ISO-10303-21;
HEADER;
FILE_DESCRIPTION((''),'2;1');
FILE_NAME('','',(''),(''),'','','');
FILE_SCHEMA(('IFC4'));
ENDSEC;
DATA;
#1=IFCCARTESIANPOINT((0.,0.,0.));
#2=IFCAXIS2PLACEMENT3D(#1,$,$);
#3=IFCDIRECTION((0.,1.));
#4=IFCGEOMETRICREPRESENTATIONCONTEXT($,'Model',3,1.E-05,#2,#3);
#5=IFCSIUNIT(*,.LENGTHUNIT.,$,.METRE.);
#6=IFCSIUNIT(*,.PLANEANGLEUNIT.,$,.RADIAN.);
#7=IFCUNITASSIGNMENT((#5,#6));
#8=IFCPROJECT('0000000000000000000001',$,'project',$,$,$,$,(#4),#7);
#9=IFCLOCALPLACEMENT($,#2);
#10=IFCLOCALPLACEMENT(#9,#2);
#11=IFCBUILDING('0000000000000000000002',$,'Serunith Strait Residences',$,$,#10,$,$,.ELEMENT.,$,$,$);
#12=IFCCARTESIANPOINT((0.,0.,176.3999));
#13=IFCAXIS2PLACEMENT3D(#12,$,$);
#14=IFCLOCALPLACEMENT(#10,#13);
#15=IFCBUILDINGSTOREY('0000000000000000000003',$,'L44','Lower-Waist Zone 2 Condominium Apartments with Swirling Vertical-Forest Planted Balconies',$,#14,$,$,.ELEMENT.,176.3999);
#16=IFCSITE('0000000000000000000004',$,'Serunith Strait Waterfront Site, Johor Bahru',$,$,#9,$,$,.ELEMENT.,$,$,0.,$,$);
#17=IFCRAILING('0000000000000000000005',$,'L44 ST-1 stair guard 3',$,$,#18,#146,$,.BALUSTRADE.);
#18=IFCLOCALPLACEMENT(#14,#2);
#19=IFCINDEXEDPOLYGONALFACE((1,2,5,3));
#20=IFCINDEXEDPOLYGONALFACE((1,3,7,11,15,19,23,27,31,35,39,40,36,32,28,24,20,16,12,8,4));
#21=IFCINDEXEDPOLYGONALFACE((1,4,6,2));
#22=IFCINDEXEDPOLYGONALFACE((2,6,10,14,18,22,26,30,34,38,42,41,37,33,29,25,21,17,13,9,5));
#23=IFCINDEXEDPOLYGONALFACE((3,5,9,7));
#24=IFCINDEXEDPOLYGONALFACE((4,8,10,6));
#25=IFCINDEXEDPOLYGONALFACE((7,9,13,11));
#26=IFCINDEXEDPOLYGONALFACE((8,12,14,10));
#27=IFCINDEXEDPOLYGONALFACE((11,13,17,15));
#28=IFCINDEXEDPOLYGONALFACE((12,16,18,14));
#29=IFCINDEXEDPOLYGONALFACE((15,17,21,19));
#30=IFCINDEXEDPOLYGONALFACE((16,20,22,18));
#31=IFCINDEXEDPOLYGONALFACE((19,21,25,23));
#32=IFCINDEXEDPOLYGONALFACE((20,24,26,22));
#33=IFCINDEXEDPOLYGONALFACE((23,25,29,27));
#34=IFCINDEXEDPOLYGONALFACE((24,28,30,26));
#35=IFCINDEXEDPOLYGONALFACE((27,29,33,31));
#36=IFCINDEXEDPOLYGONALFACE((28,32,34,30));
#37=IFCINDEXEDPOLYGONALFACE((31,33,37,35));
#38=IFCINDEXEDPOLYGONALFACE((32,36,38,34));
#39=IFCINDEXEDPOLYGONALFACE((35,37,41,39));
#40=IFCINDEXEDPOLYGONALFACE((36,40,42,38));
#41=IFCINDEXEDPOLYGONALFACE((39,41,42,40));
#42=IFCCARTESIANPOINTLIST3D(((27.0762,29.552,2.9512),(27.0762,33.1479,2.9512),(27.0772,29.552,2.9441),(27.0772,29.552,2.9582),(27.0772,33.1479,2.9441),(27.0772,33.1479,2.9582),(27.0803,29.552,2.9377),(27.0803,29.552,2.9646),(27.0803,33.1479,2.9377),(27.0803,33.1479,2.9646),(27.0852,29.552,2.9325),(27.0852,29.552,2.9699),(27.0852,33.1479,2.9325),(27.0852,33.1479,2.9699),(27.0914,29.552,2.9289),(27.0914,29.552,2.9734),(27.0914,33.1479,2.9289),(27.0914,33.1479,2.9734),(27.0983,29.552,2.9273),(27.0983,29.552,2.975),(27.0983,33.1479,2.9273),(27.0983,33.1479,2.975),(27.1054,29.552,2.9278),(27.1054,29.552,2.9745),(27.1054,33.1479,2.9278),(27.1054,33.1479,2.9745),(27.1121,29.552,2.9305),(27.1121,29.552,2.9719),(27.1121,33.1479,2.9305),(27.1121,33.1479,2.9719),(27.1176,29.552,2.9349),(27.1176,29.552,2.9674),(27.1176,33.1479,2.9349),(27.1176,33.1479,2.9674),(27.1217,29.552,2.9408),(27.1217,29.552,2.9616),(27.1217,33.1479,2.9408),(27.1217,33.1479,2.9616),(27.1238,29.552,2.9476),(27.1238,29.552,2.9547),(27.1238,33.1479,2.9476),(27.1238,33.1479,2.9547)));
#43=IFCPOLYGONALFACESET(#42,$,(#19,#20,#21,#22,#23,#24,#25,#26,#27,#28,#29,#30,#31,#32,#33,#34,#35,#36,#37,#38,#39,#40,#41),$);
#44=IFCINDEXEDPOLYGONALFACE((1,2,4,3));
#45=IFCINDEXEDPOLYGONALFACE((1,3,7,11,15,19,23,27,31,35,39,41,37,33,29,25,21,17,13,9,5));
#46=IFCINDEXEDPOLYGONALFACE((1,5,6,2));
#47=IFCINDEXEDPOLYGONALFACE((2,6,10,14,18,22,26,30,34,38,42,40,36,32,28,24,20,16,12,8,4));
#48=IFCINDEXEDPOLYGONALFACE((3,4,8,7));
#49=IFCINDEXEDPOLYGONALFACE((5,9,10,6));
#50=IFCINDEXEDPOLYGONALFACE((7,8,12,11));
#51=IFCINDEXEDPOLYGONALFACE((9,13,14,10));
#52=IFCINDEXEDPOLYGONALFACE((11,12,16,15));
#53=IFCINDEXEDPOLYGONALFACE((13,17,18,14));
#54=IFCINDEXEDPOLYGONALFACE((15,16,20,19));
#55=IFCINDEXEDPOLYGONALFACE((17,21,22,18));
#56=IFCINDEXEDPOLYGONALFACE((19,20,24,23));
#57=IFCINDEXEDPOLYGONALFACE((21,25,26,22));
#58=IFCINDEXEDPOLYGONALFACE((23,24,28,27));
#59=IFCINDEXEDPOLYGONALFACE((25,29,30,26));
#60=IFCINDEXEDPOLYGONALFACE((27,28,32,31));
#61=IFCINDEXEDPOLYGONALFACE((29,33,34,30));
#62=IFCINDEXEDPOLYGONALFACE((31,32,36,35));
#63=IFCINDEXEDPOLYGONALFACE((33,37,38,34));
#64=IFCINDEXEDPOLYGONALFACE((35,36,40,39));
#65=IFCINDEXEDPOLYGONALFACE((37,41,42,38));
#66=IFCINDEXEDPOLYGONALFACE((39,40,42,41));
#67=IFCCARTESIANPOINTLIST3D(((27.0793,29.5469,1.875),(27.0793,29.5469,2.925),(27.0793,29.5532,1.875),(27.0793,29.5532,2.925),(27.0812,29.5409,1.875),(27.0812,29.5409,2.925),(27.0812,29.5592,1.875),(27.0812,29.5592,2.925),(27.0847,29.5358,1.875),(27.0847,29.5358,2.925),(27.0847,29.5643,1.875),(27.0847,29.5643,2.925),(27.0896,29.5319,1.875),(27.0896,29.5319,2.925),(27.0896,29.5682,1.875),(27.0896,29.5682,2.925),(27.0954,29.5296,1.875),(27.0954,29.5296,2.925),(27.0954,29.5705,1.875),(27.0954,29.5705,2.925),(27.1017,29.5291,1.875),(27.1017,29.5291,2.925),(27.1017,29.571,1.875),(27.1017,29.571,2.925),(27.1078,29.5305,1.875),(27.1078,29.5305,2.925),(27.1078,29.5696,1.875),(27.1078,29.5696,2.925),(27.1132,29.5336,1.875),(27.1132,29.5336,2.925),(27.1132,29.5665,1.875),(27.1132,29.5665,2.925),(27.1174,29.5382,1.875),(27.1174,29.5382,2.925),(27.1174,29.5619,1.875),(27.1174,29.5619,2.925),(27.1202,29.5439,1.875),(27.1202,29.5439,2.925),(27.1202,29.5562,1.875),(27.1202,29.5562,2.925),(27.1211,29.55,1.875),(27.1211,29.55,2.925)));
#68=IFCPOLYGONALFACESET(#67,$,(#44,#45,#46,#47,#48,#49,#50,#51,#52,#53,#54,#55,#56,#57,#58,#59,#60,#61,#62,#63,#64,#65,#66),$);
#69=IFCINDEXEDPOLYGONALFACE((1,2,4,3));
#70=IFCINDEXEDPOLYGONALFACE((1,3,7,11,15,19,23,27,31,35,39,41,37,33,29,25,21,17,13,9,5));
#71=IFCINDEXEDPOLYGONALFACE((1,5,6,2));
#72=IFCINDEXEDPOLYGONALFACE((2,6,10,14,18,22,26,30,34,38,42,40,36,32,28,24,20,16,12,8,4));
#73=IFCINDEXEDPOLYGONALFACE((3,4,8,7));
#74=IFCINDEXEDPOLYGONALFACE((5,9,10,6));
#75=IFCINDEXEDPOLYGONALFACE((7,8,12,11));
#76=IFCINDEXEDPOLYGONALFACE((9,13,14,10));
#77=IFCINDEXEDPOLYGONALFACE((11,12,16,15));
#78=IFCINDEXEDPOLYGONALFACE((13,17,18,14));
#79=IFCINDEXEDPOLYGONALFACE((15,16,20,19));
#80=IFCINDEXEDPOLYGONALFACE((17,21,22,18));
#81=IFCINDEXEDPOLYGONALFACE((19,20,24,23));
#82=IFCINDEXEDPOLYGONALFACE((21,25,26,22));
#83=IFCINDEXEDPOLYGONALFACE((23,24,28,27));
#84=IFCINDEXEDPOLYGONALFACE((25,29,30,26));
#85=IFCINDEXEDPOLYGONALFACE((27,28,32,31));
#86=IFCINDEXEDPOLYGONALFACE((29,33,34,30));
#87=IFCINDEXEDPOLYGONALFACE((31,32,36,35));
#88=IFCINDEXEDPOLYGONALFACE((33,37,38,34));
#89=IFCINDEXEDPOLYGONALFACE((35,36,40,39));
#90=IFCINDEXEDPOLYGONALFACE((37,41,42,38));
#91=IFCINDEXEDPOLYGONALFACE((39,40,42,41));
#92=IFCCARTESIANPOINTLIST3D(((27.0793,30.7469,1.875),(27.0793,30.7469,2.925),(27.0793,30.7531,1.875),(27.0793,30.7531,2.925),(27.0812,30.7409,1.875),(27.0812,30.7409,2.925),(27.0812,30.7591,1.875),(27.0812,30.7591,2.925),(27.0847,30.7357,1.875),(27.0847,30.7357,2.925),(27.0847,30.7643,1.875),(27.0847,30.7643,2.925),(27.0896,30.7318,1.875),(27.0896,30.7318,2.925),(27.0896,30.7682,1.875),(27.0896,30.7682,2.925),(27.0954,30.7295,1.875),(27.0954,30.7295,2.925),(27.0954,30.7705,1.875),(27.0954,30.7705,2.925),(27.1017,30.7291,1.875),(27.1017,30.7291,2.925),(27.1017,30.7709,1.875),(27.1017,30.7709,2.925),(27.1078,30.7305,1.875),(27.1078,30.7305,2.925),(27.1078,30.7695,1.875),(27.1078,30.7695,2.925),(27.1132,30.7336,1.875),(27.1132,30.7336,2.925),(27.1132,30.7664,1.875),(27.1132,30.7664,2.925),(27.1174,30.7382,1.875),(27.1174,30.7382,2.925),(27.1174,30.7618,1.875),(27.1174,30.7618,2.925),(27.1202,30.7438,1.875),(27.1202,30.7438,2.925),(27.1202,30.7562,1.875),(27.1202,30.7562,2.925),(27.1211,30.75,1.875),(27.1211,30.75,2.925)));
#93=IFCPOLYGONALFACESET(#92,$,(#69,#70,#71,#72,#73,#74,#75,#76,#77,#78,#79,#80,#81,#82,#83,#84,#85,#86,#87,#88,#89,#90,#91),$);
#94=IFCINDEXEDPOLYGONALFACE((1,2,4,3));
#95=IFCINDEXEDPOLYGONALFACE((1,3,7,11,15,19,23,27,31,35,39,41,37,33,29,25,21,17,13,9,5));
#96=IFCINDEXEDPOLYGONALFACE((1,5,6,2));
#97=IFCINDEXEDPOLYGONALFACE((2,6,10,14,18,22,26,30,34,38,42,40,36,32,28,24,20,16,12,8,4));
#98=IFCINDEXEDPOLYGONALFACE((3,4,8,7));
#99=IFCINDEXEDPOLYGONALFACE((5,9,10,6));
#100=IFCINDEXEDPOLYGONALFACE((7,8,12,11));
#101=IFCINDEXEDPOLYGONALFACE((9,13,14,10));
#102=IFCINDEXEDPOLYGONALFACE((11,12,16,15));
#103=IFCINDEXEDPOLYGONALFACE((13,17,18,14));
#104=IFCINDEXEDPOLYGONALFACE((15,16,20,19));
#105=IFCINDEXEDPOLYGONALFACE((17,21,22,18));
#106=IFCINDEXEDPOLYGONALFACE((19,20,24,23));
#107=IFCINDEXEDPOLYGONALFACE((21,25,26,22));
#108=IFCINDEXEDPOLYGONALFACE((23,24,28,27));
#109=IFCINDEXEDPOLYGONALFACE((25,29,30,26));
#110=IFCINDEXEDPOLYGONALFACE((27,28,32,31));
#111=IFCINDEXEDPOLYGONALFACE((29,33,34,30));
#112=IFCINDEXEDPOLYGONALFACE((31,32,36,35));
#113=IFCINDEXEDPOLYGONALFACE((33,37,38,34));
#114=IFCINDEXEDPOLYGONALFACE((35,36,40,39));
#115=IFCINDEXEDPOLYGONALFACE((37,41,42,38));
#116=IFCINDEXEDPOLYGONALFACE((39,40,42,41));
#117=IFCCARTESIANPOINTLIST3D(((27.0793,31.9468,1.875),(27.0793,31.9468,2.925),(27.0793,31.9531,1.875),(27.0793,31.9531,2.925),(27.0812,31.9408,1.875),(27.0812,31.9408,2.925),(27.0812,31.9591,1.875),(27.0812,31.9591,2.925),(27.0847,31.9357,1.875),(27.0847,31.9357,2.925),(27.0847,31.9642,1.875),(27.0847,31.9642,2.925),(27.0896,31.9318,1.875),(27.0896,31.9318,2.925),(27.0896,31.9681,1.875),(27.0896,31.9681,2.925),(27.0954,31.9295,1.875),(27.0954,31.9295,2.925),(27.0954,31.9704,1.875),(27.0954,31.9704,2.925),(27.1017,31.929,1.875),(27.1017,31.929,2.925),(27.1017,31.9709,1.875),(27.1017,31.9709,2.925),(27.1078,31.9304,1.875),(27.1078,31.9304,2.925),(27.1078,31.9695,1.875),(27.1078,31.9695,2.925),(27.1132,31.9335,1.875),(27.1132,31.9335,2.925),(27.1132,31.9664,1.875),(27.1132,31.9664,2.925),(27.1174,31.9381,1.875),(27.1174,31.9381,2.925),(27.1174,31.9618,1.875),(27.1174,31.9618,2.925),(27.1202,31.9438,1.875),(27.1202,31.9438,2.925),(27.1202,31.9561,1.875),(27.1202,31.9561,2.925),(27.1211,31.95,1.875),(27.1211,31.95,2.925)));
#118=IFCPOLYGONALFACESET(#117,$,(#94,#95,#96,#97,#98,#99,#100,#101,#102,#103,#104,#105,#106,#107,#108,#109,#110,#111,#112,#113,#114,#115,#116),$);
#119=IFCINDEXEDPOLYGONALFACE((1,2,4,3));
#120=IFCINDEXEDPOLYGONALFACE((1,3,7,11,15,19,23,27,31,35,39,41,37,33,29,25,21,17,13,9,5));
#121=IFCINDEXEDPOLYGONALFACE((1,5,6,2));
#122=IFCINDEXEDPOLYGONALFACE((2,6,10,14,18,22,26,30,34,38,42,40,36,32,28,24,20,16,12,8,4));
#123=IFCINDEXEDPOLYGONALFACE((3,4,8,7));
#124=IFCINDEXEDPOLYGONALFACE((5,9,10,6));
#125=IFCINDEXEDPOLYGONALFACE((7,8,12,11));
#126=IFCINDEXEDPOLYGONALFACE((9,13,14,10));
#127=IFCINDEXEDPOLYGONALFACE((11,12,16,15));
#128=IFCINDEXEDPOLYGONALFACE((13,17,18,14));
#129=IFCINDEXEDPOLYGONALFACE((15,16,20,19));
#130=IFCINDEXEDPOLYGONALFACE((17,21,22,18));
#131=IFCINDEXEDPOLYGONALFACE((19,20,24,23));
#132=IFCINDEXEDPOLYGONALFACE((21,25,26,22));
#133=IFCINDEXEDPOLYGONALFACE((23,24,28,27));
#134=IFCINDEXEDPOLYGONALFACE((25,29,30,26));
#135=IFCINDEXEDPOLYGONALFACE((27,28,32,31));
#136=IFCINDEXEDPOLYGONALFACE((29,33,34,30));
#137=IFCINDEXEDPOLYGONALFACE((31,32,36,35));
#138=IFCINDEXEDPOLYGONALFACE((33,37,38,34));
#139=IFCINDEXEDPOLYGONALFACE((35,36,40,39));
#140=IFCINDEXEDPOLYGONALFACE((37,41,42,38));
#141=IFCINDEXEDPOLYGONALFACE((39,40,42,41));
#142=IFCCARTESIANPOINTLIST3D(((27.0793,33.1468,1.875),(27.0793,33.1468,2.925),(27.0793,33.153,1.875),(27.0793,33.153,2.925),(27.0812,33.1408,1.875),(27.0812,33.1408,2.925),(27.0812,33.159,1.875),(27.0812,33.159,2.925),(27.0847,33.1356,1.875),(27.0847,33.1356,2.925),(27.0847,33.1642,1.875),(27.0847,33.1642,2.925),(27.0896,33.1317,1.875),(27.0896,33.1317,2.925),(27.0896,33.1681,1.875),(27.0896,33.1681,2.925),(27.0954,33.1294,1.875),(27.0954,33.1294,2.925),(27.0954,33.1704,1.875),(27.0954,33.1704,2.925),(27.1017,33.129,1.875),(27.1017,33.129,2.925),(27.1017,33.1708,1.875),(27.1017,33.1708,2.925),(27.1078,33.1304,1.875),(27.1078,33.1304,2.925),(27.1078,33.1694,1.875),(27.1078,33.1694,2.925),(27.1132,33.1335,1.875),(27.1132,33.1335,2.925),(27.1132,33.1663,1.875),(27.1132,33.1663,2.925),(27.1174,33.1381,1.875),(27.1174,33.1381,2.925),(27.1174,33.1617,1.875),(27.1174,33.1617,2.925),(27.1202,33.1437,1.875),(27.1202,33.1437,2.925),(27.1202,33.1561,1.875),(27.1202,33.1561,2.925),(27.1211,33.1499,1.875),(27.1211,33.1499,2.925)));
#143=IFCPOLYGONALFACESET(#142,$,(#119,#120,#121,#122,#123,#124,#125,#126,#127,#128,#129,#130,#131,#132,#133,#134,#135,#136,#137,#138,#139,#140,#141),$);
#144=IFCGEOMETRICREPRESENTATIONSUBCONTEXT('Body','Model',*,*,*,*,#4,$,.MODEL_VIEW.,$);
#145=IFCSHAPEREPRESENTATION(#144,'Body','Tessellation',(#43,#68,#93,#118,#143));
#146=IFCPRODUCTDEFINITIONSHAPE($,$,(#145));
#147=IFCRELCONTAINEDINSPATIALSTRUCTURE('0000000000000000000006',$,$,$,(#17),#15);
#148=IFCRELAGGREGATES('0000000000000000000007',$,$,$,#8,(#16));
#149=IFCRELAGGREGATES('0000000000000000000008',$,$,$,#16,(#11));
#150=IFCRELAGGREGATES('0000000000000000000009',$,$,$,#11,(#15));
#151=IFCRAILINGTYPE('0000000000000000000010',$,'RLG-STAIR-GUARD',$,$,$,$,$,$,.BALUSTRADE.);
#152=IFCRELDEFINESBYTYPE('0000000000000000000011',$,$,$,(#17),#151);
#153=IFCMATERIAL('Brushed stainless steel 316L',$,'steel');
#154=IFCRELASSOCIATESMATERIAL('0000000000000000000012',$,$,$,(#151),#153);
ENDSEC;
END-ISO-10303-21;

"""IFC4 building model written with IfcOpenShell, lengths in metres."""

from ifc_helpers import new_model, si_unit, direction, frame, origin, origin_2d, place, context, subcontext, project, spatial, circle, extrude, material, type_object, element, save


model = new_model("IFC4")

# Units and contexts
model_context = context("Model", 3, precision=1e-05, world=origin(), true_north=direction((0.0, 1.0)))
body_context = subcontext(model_context, "Body", "Model", "MODEL_VIEW")
ifc_project = project(units=[si_unit("LENGTHUNIT", "METRE"), si_unit("PLANEANGLEUNIT", "RADIAN")], contexts=[model_context])

# Site, building, storey
site_placement = place(None, origin())
site = spatial("IfcSite", under=ifc_project, at=site_placement, Name="Serunith Strait Waterfront Site, Johor Bahru", CompositionType="ELEMENT", RefElevation=0.0)
building_placement = place(site_placement, origin())
building = spatial("IfcBuilding", under=site, at=building_placement, Name="Serunith Strait Residences", CompositionType="ELEMENT")
storey_placement = place(building_placement, frame((0.0, 0.0, 176.3999)))
storey = spatial("IfcBuildingStorey", under=building, at=storey_placement, Name="L44", Description="Lower-Waist Zone 2 Condominium Apartments with Swirling Vertical-Forest Planted Balconies", CompositionType="ELEMENT", Elevation=176.3999)

# Railing
ifc_material_1 = material(Name="Brushed stainless steel 316L", Category="steel")
railing_type_1 = type_object("IfcRailingType", Name="RLG-STAIR-GUARD", PredefinedType="BALUSTRADE", material=ifc_material_1)
for number, where, name in (
    (1, (27.1001, 29.55, 1.875), "L44 ST-1 stair guard 3"),
):
    element("IfcRailing", number, at=place(storey_placement, frame(where)), inside=storey, type_object=railing_type_1, Name=name, PredefinedType="BALUSTRADE", context=body_context, shape_type="SweptSolid", body=[
        extrude(circle(Radius=0.0239, at=origin_2d()), frame((0.0, 0.002, 1.0762), z_axis=(0.0, 1.0, 0.0), x_axis=(-1.0, 0.0, 0.0)), (0.0, 0.0, 1.0), 3.5959),
        extrude(circle(Radius=0.021, at=origin_2d()), origin(), (0.0, 0.0, 1.0), 1.05),
        extrude(circle(Radius=0.021, at=origin_2d()), frame((0.0, 1.2, 0.0)), (0.0, 0.0, 1.0), 1.05),
        extrude(circle(Radius=0.021, at=origin_2d()), frame((0.0, 2.3999, 0.0)), (0.0, 0.0, 1.0), 1.05),
        extrude(circle(Radius=0.021, at=origin_2d()), frame((0.0, 3.5999, 0.0)), (0.0, 0.0, 1.0), 1.05),
    ])

save(model, "model.ifc")
